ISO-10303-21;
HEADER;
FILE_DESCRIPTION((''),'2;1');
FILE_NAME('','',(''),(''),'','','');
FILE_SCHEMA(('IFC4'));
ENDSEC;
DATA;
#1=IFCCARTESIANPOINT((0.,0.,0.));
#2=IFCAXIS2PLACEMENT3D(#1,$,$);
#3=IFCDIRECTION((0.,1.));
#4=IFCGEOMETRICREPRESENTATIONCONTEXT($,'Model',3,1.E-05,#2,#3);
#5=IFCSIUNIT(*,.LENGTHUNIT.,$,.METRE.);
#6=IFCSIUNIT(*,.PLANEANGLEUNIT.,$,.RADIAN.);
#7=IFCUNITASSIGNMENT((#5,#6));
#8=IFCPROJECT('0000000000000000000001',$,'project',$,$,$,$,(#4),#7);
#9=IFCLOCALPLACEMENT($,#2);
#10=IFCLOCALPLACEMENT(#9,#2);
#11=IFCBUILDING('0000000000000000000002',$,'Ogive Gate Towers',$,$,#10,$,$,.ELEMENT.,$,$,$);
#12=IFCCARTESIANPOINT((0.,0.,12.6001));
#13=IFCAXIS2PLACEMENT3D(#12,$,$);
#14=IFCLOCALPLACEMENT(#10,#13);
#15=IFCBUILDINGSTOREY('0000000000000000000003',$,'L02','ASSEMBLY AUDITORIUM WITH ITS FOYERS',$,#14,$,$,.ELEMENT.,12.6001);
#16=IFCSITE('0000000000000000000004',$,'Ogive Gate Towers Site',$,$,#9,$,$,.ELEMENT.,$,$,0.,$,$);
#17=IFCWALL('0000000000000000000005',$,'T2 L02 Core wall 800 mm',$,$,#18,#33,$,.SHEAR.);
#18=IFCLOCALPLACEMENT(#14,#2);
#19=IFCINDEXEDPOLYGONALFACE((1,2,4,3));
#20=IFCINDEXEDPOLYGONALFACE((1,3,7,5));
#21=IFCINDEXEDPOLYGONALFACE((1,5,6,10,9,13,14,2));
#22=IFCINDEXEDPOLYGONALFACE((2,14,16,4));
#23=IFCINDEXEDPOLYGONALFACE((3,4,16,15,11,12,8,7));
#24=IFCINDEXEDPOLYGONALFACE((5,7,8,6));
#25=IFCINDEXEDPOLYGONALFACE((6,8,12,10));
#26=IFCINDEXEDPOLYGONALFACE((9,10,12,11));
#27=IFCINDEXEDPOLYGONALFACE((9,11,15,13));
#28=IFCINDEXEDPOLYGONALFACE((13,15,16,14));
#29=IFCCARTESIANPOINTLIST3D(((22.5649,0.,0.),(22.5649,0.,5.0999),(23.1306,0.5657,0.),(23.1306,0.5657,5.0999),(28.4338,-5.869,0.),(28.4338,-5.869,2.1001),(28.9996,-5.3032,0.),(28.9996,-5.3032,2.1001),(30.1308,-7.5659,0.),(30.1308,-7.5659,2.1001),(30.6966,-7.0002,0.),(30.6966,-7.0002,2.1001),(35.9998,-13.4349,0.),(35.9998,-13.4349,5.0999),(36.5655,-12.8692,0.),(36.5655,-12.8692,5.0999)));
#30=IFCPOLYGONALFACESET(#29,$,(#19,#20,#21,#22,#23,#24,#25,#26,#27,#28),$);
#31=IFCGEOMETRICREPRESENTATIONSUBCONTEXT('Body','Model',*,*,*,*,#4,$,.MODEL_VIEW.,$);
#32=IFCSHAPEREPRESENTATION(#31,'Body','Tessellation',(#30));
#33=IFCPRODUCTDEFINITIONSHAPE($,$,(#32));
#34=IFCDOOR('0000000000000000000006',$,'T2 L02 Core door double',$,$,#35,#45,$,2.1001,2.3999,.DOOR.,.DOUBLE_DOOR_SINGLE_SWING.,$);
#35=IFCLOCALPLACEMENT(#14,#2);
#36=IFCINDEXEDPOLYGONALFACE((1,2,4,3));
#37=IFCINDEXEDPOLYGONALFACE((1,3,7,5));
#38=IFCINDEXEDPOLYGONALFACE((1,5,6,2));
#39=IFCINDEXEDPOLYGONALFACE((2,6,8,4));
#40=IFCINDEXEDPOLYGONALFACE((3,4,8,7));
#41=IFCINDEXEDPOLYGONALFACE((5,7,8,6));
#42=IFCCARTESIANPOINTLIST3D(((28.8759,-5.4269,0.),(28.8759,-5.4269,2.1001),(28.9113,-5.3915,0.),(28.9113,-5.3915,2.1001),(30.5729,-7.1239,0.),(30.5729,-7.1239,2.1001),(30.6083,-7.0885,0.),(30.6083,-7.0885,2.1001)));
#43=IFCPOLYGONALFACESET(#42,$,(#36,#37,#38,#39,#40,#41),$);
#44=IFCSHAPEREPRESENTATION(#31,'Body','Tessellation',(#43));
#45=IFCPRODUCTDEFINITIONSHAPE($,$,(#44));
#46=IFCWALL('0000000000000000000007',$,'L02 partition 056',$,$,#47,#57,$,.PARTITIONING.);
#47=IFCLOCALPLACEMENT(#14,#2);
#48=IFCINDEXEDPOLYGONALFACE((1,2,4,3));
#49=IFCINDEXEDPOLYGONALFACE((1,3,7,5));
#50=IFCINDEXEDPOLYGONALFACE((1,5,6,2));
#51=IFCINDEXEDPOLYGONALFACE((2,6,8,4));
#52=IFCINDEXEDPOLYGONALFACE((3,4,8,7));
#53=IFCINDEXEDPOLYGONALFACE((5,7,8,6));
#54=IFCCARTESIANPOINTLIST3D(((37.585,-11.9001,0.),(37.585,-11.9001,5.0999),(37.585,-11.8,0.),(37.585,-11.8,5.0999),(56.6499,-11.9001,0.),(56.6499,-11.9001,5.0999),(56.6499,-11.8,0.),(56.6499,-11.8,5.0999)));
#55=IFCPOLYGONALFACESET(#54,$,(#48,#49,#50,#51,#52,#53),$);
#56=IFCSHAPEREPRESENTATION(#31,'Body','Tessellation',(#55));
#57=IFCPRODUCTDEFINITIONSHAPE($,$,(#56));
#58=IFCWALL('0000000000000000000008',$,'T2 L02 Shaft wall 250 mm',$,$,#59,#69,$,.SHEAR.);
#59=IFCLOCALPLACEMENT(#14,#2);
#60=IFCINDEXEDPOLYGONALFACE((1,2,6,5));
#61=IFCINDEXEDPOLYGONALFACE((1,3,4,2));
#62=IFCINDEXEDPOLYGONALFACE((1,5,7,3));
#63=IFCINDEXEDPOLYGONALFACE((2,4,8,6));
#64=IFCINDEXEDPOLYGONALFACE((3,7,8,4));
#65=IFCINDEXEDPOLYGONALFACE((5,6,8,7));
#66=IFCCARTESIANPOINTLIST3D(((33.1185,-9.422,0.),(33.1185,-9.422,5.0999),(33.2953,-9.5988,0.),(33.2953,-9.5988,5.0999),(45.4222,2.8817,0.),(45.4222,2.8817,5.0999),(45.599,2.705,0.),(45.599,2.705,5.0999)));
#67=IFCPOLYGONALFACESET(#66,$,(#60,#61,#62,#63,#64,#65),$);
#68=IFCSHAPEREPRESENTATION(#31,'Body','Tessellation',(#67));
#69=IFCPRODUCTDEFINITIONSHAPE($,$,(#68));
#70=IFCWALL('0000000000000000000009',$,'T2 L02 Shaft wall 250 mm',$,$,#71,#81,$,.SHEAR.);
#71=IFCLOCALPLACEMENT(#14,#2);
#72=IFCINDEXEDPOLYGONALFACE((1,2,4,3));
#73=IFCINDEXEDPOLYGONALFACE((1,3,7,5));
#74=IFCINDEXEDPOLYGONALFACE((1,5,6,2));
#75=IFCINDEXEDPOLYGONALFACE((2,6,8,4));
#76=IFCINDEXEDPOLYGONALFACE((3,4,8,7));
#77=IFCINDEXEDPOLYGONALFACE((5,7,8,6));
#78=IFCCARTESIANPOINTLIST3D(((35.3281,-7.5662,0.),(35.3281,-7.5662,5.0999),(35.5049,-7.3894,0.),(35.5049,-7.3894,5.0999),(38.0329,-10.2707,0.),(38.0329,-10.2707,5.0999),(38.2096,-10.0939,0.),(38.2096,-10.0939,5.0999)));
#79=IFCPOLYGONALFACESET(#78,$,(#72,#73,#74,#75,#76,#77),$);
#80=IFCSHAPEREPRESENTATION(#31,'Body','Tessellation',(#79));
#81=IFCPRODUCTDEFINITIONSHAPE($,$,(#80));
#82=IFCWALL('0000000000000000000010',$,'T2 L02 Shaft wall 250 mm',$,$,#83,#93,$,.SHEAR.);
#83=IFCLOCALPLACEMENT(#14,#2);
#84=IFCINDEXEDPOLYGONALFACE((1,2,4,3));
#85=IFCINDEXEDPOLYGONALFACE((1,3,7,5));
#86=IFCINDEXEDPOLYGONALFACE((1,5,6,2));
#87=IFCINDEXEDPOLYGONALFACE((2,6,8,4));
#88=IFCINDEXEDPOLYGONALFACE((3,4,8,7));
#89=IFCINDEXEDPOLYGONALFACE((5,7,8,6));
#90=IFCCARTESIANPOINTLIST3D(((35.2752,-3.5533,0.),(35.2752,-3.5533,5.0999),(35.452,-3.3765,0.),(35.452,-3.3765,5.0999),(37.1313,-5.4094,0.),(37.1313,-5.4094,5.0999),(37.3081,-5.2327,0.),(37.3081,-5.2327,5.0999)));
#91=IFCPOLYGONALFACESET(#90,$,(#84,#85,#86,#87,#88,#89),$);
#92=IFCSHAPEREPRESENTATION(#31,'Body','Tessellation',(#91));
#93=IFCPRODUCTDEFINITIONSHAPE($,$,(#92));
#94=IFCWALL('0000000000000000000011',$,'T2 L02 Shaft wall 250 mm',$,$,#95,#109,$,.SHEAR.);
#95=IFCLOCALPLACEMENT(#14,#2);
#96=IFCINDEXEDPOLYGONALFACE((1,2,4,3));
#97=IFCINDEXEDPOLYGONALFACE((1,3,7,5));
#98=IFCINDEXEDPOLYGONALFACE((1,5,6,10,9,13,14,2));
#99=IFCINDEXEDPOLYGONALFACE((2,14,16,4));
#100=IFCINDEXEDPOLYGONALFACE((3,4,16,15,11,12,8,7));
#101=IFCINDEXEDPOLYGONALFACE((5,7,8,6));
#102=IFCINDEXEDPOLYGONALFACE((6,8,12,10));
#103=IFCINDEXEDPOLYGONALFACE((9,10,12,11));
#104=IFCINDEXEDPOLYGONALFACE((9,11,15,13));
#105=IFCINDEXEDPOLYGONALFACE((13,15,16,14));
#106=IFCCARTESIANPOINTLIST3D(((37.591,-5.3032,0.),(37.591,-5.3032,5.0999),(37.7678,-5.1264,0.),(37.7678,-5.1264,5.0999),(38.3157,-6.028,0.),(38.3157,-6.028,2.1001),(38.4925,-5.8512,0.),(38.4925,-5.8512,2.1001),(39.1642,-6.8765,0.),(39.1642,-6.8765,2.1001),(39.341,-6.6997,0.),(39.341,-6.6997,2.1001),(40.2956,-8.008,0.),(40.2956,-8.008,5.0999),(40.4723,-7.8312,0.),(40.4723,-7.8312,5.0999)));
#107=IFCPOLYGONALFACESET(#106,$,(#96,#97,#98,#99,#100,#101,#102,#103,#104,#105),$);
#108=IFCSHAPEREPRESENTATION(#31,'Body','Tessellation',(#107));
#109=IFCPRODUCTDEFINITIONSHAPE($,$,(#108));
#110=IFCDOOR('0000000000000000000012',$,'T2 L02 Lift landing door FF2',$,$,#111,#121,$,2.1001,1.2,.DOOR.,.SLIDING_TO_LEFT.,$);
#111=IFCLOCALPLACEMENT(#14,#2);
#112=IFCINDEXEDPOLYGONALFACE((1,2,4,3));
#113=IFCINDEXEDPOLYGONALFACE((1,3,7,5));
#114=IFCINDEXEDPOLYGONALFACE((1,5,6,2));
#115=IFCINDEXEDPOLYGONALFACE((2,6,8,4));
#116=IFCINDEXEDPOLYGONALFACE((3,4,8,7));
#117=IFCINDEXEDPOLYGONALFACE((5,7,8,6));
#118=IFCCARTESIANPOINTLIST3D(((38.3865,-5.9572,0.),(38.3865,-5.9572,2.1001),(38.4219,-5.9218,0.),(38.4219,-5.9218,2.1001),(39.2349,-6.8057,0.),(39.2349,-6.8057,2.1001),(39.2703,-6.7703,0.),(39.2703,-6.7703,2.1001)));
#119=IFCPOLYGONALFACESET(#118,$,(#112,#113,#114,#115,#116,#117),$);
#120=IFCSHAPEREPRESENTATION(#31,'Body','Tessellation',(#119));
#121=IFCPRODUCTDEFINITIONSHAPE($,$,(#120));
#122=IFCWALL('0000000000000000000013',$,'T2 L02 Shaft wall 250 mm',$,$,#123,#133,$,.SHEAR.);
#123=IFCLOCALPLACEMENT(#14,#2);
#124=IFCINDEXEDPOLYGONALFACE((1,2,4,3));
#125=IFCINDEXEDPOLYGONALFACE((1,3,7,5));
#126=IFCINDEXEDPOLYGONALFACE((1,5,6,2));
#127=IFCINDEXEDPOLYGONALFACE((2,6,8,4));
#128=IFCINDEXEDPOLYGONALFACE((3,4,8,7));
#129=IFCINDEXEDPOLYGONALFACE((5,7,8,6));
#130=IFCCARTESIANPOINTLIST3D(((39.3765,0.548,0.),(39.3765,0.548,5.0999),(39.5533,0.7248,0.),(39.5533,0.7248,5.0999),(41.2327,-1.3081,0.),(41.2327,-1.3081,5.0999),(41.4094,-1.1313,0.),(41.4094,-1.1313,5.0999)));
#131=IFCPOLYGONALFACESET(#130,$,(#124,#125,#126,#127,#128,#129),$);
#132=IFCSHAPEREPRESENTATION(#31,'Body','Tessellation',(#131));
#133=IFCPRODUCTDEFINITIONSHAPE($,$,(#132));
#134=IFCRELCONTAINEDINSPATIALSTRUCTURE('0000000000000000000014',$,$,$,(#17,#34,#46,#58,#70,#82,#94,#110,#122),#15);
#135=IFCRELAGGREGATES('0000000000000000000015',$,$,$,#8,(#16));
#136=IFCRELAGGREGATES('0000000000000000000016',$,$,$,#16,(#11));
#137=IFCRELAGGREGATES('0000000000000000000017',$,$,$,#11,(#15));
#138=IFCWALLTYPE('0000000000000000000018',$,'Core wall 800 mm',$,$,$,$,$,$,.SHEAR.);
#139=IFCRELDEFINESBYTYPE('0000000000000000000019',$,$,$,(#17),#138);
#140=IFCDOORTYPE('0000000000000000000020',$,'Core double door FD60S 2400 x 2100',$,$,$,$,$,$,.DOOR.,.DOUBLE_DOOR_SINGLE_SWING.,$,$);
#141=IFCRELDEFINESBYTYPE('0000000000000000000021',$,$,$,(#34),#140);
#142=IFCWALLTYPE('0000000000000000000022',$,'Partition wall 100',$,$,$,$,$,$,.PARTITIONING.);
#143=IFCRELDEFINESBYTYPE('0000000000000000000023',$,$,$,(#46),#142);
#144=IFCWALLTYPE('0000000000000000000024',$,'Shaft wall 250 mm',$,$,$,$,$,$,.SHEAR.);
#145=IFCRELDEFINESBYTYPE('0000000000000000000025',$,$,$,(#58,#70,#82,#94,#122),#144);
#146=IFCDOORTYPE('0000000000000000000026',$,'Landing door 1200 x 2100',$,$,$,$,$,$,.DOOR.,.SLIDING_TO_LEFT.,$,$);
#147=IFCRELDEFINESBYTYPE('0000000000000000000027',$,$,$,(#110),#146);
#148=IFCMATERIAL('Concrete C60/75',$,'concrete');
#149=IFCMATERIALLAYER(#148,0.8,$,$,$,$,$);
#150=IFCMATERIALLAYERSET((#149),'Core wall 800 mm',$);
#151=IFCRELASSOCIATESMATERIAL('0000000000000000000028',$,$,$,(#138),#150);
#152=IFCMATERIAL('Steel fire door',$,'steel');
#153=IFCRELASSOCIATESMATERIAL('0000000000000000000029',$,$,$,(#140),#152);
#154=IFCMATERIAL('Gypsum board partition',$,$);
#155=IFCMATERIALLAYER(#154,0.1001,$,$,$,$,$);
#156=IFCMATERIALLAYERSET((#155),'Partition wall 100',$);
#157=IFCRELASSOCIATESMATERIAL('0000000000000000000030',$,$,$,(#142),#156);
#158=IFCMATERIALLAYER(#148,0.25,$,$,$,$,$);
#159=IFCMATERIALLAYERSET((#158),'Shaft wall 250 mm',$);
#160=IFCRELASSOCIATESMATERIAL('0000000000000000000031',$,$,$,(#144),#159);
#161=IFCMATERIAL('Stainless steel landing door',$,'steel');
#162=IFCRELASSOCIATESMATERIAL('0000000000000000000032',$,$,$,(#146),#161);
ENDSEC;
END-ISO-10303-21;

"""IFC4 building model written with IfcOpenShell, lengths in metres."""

from ifc_helpers import new_model, si_unit, direction, frame, frame_2d, origin, place, context, subcontext, project, spatial, rectangle, extrude, material, layer, layer_set, type_object, element, fill, save


model = new_model("IFC4")

# Units and contexts
model_context = context("Model", 3, precision=1e-05, world=origin(), true_north=direction((0.0, 1.0)))
body_context = subcontext(model_context, "Body", "Model", "MODEL_VIEW")
ifc_project = project(units=[si_unit("LENGTHUNIT", "METRE"), si_unit("PLANEANGLEUNIT", "RADIAN")], contexts=[model_context])

# Site, building, storey
site_placement = place(None, origin())
site = spatial("IfcSite", under=ifc_project, at=site_placement, Name="Ogive Gate Towers Site", CompositionType="ELEMENT", RefElevation=0.0)
building_placement = place(site_placement, origin())
building = spatial("IfcBuilding", under=site, at=building_placement, Name="Ogive Gate Towers", CompositionType="ELEMENT")
storey_placement = place(building_placement, frame((0.0, 0.0, 12.6001)))
storey = spatial("IfcBuildingStorey", under=building, at=storey_placement, Name="L02", Description="ASSEMBLY AUDITORIUM WITH ITS FOYERS", CompositionType="ELEMENT", Elevation=12.6001)

# Shared definitions
ifc_material_1 = material(Name="Concrete C60/75", Category="concrete")
ifc_layer_1 = layer(ifc_material_1, 0.8)
ifc_layer_set_1 = layer_set([ifc_layer_1], Name="Core wall 800 mm")
wall_type_1 = type_object("IfcWallType", Name="Core wall 800 mm", PredefinedType="SHEAR", material=ifc_layer_set_1)
ifc_material_2 = material(Name="Steel fire door", Category="steel")

# Wall, opening, door
wall_1_placement = place(storey_placement, frame((36.2827, -13.1521, 0.0), z_axis=(0.0, 0.0, 1.0), x_axis=(-0.707107, 0.707107, 0.0)))
wall_1 = element("IfcWall", 1, at=wall_1_placement, inside=storey, type_object=wall_type_1, Name="T2 L02 Core wall 800 mm", PredefinedType="SHEAR", context=body_context, shape_type="SweptSolid", body=[
    extrude(rectangle(XDim=18.9998, YDim=0.8, at=frame_2d((9.5, 0.0))), origin(), (0.0, 0.0, 1.0), 5.0999),
])
opening_1_placement = place(wall_1_placement, frame((8.3, 0.0, 0.0)))
opening_1 = element("IfcOpeningElement", 2, at=opening_1_placement, cuts=wall_1, PredefinedType="OPENING", context=body_context, shape_type="SweptSolid", body=[
    extrude(rectangle(XDim=2.3999, YDim=2.1001, at=frame_2d((1.2, 1.05))), frame((0.0, 0.4102, 0.0), z_axis=(0.0, -1.0, 0.0), x_axis=(1.0, 0.0, 0.0)), (0.0, 0.0, 1.0), 0.8201),
])
door_type_1 = type_object("IfcDoorType", Name="Core double door FD60S 2400 x 2100", OperationType="DOUBLE_DOOR_SINGLE_SWING", PredefinedType="DOOR", material=ifc_material_2)
door_1_placement = place(opening_1_placement, origin())
door_1 = element("IfcDoor", 3, at=door_1_placement, inside=storey, type_object=door_type_1, Name="T2 L02 Core door double", OperationType="DOUBLE_DOOR_SINGLE_SWING", OverallHeight=2.1001, OverallWidth=2.3999, PredefinedType="DOOR", context=body_context, shape_type="SweptSolid", body=[
    extrude(rectangle(XDim=2.3999, YDim=2.1001, at=frame_2d((1.2, 1.05))), frame((0.0, -0.2251, 0.0), z_axis=(0.0, -1.0, 0.0), x_axis=(1.0, 0.0, 0.0)), (0.0, 0.0, 1.0), 0.05),
])
fill(opening_1, door_1)

# Walls
ifc_material_3 = material(Name="Gypsum board partition")
ifc_layer_2 = layer(ifc_material_3, 0.1001)
ifc_layer_set_2 = layer_set([ifc_layer_2], Name="Partition wall 100")
wall_type_2 = type_object("IfcWallType", Name="Partition wall 100", PredefinedType="PARTITIONING", material=ifc_layer_set_2)
wall_2_placement = place(storey_placement, frame((37.585, -11.8501, 0.0), z_axis=(0.0, 0.0, 1.0), x_axis=(1.0, 0.0, 0.0)))
element("IfcWall", 4, at=wall_2_placement, inside=storey, type_object=wall_type_2, Name="L02 partition 056", PredefinedType="PARTITIONING", context=body_context, shape_type="SweptSolid", body=[
    extrude(rectangle(XDim=19.0649, YDim=0.1001, at=frame_2d((9.5325, 0.0))), origin(), (0.0, 0.0, 1.0), 5.0999),
])
ifc_layer_3 = layer(ifc_material_1, 0.25)
ifc_layer_set_3 = layer_set([ifc_layer_3], Name="Shaft wall 250 mm")
wall_type_3 = type_object("IfcWallType", Name="Shaft wall 250 mm", PredefinedType="SHEAR", material=ifc_layer_set_3)
wall_3_placement = place(storey_placement, frame((33.2068, -9.5105, 0.0), z_axis=(0.0, 0.0, 1.0), x_axis=(0.707107, 0.707107, 0.0)))
element("IfcWall", 5, at=wall_3_placement, inside=storey, type_object=wall_type_3, Name="T2 L02 Shaft wall 250 mm", PredefinedType="SHEAR", context=body_context, shape_type="SweptSolid", body=[
    extrude(rectangle(XDim=17.4001, YDim=0.25, at=frame_2d((8.7002, 0.0))), origin(), (0.0, 0.0, 1.0), 5.0999),
])
wall_4_placement = place(storey_placement, frame((38.1213, -10.1824, 0.0), z_axis=(0.0, 0.0, 1.0), x_axis=(-0.707139, 0.707075, 0.0)))
element("IfcWall", 6, at=wall_4_placement, inside=storey, type_object=wall_type_3, Name="T2 L02 Shaft wall 250 mm", PredefinedType="SHEAR", context=body_context, shape_type="SweptSolid", body=[
    extrude(rectangle(XDim=3.825, YDim=0.25, at=frame_2d((1.9126, 0.0))), origin(), (0.0, 0.0, 1.0), 5.0999),
])
wall_5_placement = place(storey_placement, frame((37.2197, -5.321, 0.0), z_axis=(0.0, 0.0, 1.0), x_axis=(-0.707107, 0.707107, 0.0)))
element("IfcWall", 7, at=wall_5_placement, inside=storey, type_object=wall_type_3, Name="T2 L02 Shaft wall 250 mm", PredefinedType="SHEAR", context=body_context, shape_type="SweptSolid", body=[
    extrude(rectangle(XDim=2.625, YDim=0.25, at=frame_2d((1.3125, 0.0))), origin(), (0.0, 0.0, 1.0), 5.0999),
])

# Wall, opening, door
wall_6_placement = place(storey_placement, frame((40.384, -7.9197, 0.0), z_axis=(0.0, 0.0, 1.0), x_axis=(-0.707075, 0.707139, 0.0)))
wall_6 = element("IfcWall", 8, at=wall_6_placement, inside=storey, type_object=wall_type_3, Name="T2 L02 Shaft wall 250 mm", PredefinedType="SHEAR", context=body_context, shape_type="SweptSolid", body=[
    extrude(rectangle(XDim=3.825, YDim=0.25, at=frame_2d((1.9126, 0.0))), origin(), (0.0, 0.0, 1.0), 5.0999),
])
opening_2_placement = place(wall_6_placement, frame((1.6001, 0.0, 0.0)))
opening_2 = element("IfcOpeningElement", 9, at=opening_2_placement, cuts=wall_6, PredefinedType="OPENING", context=body_context, shape_type="SweptSolid", body=[
    extrude(rectangle(XDim=1.2, YDim=2.1001, at=frame_2d((0.6001, 1.05))), frame((0.0, 0.135, 0.0), z_axis=(0.0, -1.0, 0.0), x_axis=(1.0, 0.0, 0.0)), (0.0, 0.0, 1.0), 0.27),
])
ifc_material_4 = material(Name="Stainless steel landing door", Category="steel")
door_type_2 = type_object("IfcDoorType", Name="Landing door 1200 x 2100", OperationType="SLIDING_TO_LEFT", PredefinedType="DOOR", material=ifc_material_4)
door_2_placement = place(opening_2_placement, origin())
door_2 = element("IfcDoor", 10, at=door_2_placement, inside=storey, type_object=door_type_2, Name="T2 L02 Lift landing door FF2", OperationType="SLIDING_TO_LEFT", OverallHeight=2.1001, OverallWidth=1.2, PredefinedType="DOOR", context=body_context, shape_type="SweptSolid", body=[
    extrude(rectangle(XDim=1.2, YDim=2.1001, at=frame_2d((0.6001, 1.05))), frame((0.0, 0.0249, 0.0), z_axis=(0.0, -1.0, 0.0), x_axis=(1.0, 0.0, 0.0)), (0.0, 0.0, 1.0), 0.05),
])
fill(opening_2, door_2)

# Wall
wall_7_placement = place(storey_placement, frame((41.321, -1.2197, 0.0), z_axis=(0.0, 0.0, 1.0), x_axis=(-0.707107, 0.707107, 0.0)))
element("IfcWall", 11, at=wall_7_placement, inside=storey, type_object=wall_type_3, Name="T2 L02 Shaft wall 250 mm", PredefinedType="SHEAR", context=body_context, shape_type="SweptSolid", body=[
    extrude(rectangle(XDim=2.625, YDim=0.25, at=frame_2d((1.3125, 0.0))), origin(), (0.0, 0.0, 1.0), 5.0999),
])

save(model, "model.ifc")
